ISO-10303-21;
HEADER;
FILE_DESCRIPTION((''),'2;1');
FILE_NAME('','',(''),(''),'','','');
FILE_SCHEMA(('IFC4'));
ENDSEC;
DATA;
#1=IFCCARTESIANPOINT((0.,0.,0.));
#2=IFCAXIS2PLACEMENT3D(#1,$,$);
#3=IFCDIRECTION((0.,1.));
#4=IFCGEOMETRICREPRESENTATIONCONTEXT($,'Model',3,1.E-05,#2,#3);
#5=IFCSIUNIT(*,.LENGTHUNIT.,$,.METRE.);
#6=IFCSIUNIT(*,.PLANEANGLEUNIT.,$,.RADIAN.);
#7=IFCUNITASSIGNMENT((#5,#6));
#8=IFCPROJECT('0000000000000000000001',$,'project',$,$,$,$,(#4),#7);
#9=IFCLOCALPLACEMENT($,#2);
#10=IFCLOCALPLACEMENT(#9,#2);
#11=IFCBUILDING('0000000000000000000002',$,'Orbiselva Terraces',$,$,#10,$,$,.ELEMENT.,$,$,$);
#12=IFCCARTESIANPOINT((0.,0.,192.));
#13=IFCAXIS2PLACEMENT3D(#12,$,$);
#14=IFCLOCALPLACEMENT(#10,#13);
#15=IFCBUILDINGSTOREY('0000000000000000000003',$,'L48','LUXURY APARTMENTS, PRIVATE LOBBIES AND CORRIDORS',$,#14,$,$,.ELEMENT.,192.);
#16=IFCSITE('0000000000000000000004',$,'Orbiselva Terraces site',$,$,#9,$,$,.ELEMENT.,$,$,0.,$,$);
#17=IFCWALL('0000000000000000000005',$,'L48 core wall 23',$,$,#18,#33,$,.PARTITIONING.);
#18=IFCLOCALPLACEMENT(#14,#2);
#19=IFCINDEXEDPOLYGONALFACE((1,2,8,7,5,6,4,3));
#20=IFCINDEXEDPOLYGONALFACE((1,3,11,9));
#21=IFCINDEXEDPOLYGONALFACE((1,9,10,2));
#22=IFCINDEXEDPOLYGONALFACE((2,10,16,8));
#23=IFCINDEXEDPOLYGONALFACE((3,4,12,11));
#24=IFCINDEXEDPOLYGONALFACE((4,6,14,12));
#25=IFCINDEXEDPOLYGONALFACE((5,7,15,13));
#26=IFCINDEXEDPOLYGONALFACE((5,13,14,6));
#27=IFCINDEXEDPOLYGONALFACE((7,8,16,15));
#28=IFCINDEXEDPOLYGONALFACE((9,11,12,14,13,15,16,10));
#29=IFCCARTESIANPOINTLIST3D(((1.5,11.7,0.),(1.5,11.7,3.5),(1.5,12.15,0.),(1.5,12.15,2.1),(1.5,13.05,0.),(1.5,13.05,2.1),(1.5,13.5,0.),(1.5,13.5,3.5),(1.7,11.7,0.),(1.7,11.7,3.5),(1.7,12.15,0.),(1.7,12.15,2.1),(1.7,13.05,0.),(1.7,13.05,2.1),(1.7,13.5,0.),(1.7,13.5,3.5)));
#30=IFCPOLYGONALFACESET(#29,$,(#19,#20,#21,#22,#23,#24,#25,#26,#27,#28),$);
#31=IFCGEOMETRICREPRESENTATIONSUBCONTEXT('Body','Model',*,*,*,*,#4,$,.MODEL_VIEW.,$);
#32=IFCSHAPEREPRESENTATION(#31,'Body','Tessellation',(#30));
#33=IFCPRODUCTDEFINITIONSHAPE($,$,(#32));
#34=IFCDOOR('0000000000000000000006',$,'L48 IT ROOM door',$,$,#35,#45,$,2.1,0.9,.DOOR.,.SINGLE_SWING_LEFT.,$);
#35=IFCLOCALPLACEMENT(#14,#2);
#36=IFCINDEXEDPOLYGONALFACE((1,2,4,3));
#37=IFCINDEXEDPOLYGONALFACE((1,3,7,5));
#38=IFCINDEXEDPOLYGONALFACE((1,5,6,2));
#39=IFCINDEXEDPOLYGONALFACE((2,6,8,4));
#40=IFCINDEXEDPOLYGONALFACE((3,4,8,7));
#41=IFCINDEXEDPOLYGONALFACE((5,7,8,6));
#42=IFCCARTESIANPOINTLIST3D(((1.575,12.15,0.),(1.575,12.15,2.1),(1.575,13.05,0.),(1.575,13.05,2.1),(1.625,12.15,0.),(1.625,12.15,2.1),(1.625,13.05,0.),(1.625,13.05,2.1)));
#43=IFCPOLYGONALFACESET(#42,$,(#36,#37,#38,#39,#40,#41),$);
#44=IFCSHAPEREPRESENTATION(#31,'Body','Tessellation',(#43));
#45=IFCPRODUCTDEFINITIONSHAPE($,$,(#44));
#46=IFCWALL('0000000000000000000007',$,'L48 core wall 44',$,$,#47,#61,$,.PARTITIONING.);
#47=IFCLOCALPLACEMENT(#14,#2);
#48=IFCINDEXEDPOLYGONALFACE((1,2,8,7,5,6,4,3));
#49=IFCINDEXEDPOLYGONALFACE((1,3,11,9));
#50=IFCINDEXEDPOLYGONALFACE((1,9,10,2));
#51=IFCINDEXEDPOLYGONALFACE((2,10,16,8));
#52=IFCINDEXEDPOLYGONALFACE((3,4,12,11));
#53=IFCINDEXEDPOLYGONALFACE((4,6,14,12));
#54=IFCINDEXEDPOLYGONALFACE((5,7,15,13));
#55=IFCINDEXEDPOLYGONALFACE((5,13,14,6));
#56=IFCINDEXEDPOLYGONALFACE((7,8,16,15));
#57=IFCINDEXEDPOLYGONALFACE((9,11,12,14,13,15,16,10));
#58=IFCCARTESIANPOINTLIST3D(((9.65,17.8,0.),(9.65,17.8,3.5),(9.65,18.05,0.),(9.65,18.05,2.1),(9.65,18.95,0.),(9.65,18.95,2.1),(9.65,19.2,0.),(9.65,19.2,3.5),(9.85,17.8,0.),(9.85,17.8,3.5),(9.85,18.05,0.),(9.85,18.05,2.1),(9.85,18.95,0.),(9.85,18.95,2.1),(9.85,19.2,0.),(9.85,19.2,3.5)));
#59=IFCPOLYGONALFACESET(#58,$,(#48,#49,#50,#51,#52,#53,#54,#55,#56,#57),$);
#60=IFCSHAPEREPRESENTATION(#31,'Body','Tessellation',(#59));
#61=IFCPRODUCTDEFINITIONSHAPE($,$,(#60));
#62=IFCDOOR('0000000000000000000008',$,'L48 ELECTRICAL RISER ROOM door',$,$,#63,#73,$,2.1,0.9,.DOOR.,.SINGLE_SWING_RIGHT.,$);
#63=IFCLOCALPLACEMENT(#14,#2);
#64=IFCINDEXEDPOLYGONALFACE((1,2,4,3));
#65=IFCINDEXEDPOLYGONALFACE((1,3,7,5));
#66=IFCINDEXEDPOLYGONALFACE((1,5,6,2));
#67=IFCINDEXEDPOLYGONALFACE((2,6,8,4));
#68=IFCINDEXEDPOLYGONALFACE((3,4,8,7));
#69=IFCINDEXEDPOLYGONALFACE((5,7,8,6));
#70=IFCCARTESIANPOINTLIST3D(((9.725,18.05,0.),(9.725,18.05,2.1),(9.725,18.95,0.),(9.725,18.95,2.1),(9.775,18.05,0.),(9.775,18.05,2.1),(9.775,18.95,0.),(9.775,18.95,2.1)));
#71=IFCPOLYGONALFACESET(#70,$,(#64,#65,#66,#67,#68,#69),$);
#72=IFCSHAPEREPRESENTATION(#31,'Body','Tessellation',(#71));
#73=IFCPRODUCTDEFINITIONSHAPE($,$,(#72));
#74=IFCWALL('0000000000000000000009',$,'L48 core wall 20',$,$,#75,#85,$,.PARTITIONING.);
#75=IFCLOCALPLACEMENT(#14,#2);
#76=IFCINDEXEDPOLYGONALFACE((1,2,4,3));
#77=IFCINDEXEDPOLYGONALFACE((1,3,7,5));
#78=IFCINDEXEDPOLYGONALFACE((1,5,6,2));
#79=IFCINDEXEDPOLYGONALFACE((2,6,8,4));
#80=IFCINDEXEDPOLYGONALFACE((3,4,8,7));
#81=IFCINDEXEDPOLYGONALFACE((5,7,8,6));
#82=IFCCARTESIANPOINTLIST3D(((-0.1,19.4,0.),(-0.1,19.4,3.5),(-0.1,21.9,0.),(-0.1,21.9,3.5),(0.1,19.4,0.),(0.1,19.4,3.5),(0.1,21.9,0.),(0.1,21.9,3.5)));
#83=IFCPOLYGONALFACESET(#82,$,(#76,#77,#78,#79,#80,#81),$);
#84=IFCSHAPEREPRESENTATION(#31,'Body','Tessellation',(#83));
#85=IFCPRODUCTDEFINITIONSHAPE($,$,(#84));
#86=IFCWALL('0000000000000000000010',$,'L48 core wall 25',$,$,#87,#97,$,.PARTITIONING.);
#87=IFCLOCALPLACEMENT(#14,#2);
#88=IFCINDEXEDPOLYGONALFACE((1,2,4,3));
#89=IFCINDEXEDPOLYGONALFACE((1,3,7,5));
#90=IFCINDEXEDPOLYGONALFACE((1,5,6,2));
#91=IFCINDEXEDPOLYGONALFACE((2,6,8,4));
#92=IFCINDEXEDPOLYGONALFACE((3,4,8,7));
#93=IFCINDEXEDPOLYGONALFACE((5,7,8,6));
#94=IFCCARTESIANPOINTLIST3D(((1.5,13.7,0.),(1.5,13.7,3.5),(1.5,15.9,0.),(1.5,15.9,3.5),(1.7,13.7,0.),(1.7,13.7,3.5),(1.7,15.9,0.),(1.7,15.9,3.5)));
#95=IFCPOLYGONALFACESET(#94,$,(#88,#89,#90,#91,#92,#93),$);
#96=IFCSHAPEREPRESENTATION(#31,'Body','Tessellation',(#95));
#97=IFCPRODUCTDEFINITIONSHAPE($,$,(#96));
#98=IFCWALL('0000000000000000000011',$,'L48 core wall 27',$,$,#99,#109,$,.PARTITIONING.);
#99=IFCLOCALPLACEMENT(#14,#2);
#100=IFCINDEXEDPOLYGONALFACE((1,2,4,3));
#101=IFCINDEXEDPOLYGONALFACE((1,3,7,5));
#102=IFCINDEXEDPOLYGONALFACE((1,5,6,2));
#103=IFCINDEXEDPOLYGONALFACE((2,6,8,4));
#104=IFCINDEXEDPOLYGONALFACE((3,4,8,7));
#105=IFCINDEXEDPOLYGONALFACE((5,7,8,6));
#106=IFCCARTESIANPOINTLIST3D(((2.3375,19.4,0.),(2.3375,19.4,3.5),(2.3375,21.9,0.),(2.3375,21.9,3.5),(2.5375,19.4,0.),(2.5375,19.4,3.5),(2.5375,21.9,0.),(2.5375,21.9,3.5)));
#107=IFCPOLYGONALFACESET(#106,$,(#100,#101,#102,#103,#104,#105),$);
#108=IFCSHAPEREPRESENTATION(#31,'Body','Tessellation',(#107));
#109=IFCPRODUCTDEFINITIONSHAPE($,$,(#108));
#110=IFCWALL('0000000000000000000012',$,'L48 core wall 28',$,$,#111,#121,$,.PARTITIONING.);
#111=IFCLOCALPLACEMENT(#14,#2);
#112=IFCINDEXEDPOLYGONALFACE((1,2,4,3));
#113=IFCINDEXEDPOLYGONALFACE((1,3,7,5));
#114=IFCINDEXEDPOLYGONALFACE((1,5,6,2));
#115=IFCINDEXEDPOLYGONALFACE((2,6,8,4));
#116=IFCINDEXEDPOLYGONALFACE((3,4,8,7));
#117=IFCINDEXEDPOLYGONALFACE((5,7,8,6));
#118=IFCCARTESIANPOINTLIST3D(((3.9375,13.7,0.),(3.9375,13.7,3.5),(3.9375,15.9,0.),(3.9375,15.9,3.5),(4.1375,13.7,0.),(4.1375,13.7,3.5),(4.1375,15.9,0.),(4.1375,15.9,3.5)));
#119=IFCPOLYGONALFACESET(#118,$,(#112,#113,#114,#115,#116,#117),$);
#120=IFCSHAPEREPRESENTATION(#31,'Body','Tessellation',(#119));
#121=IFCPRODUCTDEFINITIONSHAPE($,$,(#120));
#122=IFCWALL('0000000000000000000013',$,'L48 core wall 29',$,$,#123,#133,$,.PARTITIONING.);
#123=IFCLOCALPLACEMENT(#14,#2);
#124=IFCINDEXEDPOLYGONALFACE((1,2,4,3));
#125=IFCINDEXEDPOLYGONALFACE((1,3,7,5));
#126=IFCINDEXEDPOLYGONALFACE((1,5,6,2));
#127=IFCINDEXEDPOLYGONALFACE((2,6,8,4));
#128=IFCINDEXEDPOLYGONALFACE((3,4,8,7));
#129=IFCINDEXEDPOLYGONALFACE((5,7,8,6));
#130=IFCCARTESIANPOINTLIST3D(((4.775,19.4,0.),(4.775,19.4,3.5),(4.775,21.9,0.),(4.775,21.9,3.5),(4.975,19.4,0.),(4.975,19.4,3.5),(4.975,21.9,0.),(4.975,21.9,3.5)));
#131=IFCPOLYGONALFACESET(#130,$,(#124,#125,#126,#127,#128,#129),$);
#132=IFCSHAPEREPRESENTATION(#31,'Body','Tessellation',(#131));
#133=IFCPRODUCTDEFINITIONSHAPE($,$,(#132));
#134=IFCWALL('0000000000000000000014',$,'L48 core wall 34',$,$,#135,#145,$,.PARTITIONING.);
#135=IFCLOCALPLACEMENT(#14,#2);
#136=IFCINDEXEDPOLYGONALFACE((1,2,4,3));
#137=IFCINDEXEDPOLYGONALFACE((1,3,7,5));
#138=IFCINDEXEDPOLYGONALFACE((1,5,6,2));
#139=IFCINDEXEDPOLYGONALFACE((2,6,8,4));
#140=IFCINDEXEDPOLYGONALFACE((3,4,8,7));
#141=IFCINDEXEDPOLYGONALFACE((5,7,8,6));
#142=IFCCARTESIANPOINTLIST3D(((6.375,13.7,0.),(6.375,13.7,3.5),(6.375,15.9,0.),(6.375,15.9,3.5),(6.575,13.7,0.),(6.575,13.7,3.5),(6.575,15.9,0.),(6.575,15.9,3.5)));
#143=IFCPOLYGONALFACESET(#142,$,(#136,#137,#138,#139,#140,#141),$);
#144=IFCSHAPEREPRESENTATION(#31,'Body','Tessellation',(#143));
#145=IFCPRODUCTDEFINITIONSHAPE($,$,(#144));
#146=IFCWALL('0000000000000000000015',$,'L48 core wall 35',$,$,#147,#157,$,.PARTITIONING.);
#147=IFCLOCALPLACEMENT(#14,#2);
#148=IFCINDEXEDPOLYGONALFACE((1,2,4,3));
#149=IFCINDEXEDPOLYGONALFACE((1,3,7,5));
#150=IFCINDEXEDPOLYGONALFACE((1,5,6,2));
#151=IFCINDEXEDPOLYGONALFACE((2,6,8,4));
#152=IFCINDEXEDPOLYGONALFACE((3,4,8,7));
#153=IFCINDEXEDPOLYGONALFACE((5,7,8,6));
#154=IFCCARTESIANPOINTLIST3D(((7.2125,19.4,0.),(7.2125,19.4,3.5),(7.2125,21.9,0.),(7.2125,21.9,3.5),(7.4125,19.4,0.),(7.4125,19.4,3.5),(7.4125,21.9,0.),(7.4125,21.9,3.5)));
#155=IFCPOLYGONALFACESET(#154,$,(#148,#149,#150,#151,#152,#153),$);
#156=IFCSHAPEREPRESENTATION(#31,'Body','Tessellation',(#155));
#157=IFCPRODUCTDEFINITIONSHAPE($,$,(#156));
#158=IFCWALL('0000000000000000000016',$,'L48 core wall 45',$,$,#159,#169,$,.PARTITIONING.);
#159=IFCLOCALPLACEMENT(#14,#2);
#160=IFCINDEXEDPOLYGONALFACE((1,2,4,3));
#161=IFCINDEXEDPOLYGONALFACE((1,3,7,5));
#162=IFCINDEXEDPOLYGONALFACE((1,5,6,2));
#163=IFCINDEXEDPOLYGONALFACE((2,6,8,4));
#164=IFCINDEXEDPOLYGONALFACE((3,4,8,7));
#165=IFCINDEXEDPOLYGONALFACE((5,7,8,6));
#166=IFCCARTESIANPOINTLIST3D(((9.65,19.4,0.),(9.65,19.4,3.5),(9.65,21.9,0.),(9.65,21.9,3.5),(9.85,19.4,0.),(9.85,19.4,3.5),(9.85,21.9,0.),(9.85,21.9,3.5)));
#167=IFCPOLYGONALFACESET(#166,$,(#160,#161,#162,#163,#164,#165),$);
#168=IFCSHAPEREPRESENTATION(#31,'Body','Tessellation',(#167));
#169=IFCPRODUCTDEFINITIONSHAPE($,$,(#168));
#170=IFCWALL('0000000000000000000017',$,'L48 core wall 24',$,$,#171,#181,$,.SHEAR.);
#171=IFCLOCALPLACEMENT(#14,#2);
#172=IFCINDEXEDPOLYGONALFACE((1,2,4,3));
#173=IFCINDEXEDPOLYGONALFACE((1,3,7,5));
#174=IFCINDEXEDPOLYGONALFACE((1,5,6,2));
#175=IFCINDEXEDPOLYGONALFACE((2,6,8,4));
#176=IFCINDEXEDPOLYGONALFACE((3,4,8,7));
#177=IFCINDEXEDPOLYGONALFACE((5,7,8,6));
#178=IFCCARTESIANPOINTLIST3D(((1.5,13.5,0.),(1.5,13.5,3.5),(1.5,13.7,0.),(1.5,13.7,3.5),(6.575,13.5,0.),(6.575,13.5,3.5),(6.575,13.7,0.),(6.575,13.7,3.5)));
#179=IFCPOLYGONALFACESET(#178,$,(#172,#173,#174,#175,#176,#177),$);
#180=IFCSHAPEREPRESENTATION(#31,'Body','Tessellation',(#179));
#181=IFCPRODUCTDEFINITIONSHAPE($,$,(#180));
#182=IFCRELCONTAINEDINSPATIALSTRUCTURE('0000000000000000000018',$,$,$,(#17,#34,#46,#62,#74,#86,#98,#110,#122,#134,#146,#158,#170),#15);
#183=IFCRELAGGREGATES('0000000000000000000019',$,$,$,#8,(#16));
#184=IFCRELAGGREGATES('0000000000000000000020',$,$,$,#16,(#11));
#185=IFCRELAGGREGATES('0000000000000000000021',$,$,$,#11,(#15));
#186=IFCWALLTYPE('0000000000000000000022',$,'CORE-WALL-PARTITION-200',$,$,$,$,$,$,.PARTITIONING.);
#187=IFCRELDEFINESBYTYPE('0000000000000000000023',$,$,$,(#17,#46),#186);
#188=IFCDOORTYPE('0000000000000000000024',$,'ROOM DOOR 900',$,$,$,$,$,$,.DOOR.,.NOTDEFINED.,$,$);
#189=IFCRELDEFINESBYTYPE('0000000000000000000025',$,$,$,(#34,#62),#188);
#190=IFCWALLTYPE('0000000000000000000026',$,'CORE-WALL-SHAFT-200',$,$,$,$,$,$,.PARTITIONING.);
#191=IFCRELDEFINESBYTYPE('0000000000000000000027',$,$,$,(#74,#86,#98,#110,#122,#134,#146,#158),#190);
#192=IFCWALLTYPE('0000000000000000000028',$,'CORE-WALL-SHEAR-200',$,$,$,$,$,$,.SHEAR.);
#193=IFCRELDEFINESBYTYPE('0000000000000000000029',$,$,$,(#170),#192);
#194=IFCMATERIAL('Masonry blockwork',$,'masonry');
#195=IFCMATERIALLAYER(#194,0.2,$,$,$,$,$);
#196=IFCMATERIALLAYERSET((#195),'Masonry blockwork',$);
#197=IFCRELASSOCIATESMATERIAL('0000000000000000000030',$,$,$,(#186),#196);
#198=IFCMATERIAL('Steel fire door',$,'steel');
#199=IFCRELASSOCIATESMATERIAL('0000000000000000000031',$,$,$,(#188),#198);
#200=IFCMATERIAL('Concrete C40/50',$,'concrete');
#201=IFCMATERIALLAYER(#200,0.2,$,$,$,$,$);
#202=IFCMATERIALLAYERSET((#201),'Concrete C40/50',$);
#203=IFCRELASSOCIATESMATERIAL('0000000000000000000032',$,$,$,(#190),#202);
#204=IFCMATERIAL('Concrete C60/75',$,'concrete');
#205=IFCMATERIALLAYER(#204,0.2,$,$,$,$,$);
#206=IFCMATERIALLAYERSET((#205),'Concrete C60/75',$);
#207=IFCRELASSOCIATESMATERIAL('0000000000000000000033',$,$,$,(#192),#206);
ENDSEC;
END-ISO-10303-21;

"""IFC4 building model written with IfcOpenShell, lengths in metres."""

from ifc_helpers import new_model, si_unit, direction, frame, frame_2d, origin, place, context, subcontext, project, spatial, rectangle, extrude, material, layer, layer_set, type_object, element, fill, save


model = new_model("IFC4")

# Units and contexts
model_context = context("Model", 3, precision=1e-05, world=origin(), true_north=direction((0.0, 1.0)))
body_context = subcontext(model_context, "Body", "Model", "MODEL_VIEW")
ifc_project = project(units=[si_unit("LENGTHUNIT", "METRE"), si_unit("PLANEANGLEUNIT", "RADIAN")], contexts=[model_context])

# Site, building, storey
site_placement = place(None, origin())
site = spatial("IfcSite", under=ifc_project, at=site_placement, Name="Orbiselva Terraces site", CompositionType="ELEMENT", RefElevation=0.0)
building_placement = place(site_placement, origin())
building = spatial("IfcBuilding", under=site, at=building_placement, Name="Orbiselva Terraces", CompositionType="ELEMENT")
storey_placement = place(building_placement, frame((0.0, 0.0, 192.0)))
storey = spatial("IfcBuildingStorey", under=building, at=storey_placement, Name="L48", Description="LUXURY APARTMENTS, PRIVATE LOBBIES AND CORRIDORS", CompositionType="ELEMENT", Elevation=192.0)

# Walls, openings, doors
ifc_material_1 = material(Name="Masonry blockwork", Category="masonry")
ifc_layer_1 = layer(ifc_material_1, 0.2)
ifc_layer_set_1 = layer_set([ifc_layer_1], Name="Masonry blockwork")
wall_type_1 = type_object("IfcWallType", Name="CORE-WALL-PARTITION-200", PredefinedType="PARTITIONING", material=ifc_layer_set_1)
wall_1_placement = place(storey_placement, frame((1.6, 13.5, 0.0), z_axis=(0.0, 0.0, 1.0), x_axis=(0.0, -1.0, 0.0)))
wall_1 = element("IfcWall", 1, at=wall_1_placement, inside=storey, type_object=wall_type_1, Name="L48 core wall 23", PredefinedType="PARTITIONING", context=body_context, shape_type="SweptSolid", body=[
    extrude(rectangle(XDim=1.8, YDim=0.2, at=frame_2d((0.9, 0.0))), origin(), (0.0, 0.0, 1.0), 3.5),
])
opening_1_placement = place(wall_1_placement, frame((0.45, 0.0, 0.0)))
opening_1 = element("IfcOpeningElement", 2, at=opening_1_placement, cuts=wall_1, PredefinedType="OPENING", context=body_context, shape_type="SweptSolid", body=[
    extrude(rectangle(XDim=0.9, YDim=2.1, at=frame_2d((0.45, 1.05))), frame((0.0, 0.11, 0.0), z_axis=(0.0, -1.0, 0.0), x_axis=(1.0, 0.0, 0.0)), (0.0, 0.0, 1.0), 0.22),
])
ifc_material_2 = material(Name="Steel fire door", Category="steel")
door_type_1 = type_object("IfcDoorType", Name="ROOM DOOR 900", OperationType="NOTDEFINED", PredefinedType="DOOR", material=ifc_material_2)
door_1_placement = place(opening_1_placement, origin())
door_1 = element("IfcDoor", 3, at=door_1_placement, inside=storey, type_object=door_type_1, Name="L48 IT ROOM door", OperationType="SINGLE_SWING_LEFT", OverallHeight=2.1, OverallWidth=0.9, PredefinedType="DOOR", context=body_context, shape_type="SweptSolid", body=[
    extrude(rectangle(XDim=0.9, YDim=2.1, at=frame_2d((0.45, 1.05))), frame((0.0, 0.025, 0.0), z_axis=(0.0, -1.0, 0.0), x_axis=(1.0, 0.0, 0.0)), (0.0, 0.0, 1.0), 0.05),
])
fill(opening_1, door_1)
wall_2_placement = place(storey_placement, frame((9.75, 19.2, 0.0), z_axis=(0.0, 0.0, 1.0), x_axis=(0.0, -1.0, 0.0)))
wall_2 = element("IfcWall", 4, at=wall_2_placement, inside=storey, type_object=wall_type_1, Name="L48 core wall 44", PredefinedType="PARTITIONING", context=body_context, shape_type="SweptSolid", body=[
    extrude(rectangle(XDim=1.4, YDim=0.2, at=frame_2d((0.7, 0.0))), origin(), (0.0, 0.0, 1.0), 3.5),
])
opening_2_placement = place(wall_2_placement, frame((0.25, 0.0, 0.0)))
opening_2 = element("IfcOpeningElement", 5, at=opening_2_placement, cuts=wall_2, PredefinedType="OPENING", context=body_context, shape_type="SweptSolid", body=[
    extrude(rectangle(XDim=0.9, YDim=2.1, at=frame_2d((0.45, 1.05))), frame((0.0, 0.11, 0.0), z_axis=(0.0, -1.0, 0.0), x_axis=(1.0, 0.0, 0.0)), (0.0, 0.0, 1.0), 0.22),
])
door_2_placement = place(opening_2_placement, origin())
door_2 = element("IfcDoor", 6, at=door_2_placement, inside=storey, type_object=door_type_1, Name="L48 ELECTRICAL RISER ROOM door", OperationType="SINGLE_SWING_RIGHT", OverallHeight=2.1, OverallWidth=0.9, PredefinedType="DOOR", context=body_context, shape_type="SweptSolid", body=[
    extrude(rectangle(XDim=0.9, YDim=2.1, at=frame_2d((0.45, 1.05))), frame((0.0, 0.025, 0.0), z_axis=(0.0, -1.0, 0.0), x_axis=(1.0, 0.0, 0.0)), (0.0, 0.0, 1.0), 0.05),
])
fill(opening_2, door_2)

# Walls
ifc_material_3 = material(Name="Concrete C40/50", Category="concrete")
ifc_layer_2 = layer(ifc_material_3, 0.2)
ifc_layer_set_2 = layer_set([ifc_layer_2], Name="Concrete C40/50")
wall_type_2 = type_object("IfcWallType", Name="CORE-WALL-SHAFT-200", PredefinedType="PARTITIONING", material=ifc_layer_set_2)
wall_3_placement = place(storey_placement, frame((0.0, 19.4, 0.0), z_axis=(0.0, 0.0, 1.0), x_axis=(0.0, 1.0, 0.0)))
element("IfcWall", 7, at=wall_3_placement, inside=storey, type_object=wall_type_2, Name="L48 core wall 20", PredefinedType="PARTITIONING", context=body_context, shape_type="SweptSolid", body=[
    extrude(rectangle(XDim=2.5, YDim=0.2, at=frame_2d((1.25, 0.0))), origin(), (0.0, 0.0, 1.0), 3.5),
])
wall_4_placement = place(storey_placement, frame((1.6, 13.7, 0.0), z_axis=(0.0, 0.0, 1.0), x_axis=(0.0, 1.0, 0.0)))
element("IfcWall", 8, at=wall_4_placement, inside=storey, type_object=wall_type_2, Name="L48 core wall 25", PredefinedType="PARTITIONING", context=body_context, shape_type="SweptSolid", body=[
    extrude(rectangle(XDim=2.2, YDim=0.2, at=frame_2d((1.1, 0.0))), origin(), (0.0, 0.0, 1.0), 3.5),
])
wall_5_placement = place(storey_placement, frame((2.4375, 19.4, 0.0), z_axis=(0.0, 0.0, 1.0), x_axis=(0.0, 1.0, 0.0)))
element("IfcWall", 9, at=wall_5_placement, inside=storey, type_object=wall_type_2, Name="L48 core wall 27", PredefinedType="PARTITIONING", context=body_context, shape_type="SweptSolid", body=[
    extrude(rectangle(XDim=2.5, YDim=0.2, at=frame_2d((1.25, 0.0))), origin(), (0.0, 0.0, 1.0), 3.5),
])
wall_6_placement = place(storey_placement, frame((4.0375, 13.7, 0.0), z_axis=(0.0, 0.0, 1.0), x_axis=(0.0, 1.0, 0.0)))
element("IfcWall", 10, at=wall_6_placement, inside=storey, type_object=wall_type_2, Name="L48 core wall 28", PredefinedType="PARTITIONING", context=body_context, shape_type="SweptSolid", body=[
    extrude(rectangle(XDim=2.2, YDim=0.2, at=frame_2d((1.1, 0.0))), origin(), (0.0, 0.0, 1.0), 3.5),
])
wall_7_placement = place(storey_placement, frame((4.875, 19.4, 0.0), z_axis=(0.0, 0.0, 1.0), x_axis=(0.0, 1.0, 0.0)))
element("IfcWall", 11, at=wall_7_placement, inside=storey, type_object=wall_type_2, Name="L48 core wall 29", PredefinedType="PARTITIONING", context=body_context, shape_type="SweptSolid", body=[
    extrude(rectangle(XDim=2.5, YDim=0.2, at=frame_2d((1.25, 0.0))), origin(), (0.0, 0.0, 1.0), 3.5),
])
wall_8_placement = place(storey_placement, frame((6.475, 13.7, 0.0), z_axis=(0.0, 0.0, 1.0), x_axis=(0.0, 1.0, 0.0)))
element("IfcWall", 12, at=wall_8_placement, inside=storey, type_object=wall_type_2, Name="L48 core wall 34", PredefinedType="PARTITIONING", context=body_context, shape_type="SweptSolid", body=[
    extrude(rectangle(XDim=2.2, YDim=0.2, at=frame_2d((1.1, 0.0))), origin(), (0.0, 0.0, 1.0), 3.5),
])
for number, where, z_axis, x_axis, name in (
    (13, (7.3125, 19.4, 0.0), (0.0, 0.0, 1.0), (0.0, 1.0, 0.0), "L48 core wall 35"),
    (14, (9.75, 19.4, 0.0), (0.0, 0.0, 1.0), (0.0, 1.0, 0.0), "L48 core wall 45"),
):
    element("IfcWall", number, at=place(storey_placement, frame(where, z_axis=z_axis, x_axis=x_axis)), inside=storey, type_object=wall_type_2, Name=name, PredefinedType="PARTITIONING", context=body_context, shape_type="SweptSolid", body=[
        extrude(rectangle(XDim=2.5, YDim=0.2, at=frame_2d((1.25, 0.0))), origin(), (0.0, 0.0, 1.0), 3.5),
    ])
ifc_material_4 = material(Name="Concrete C60/75", Category="concrete")
ifc_layer_3 = layer(ifc_material_4, 0.2)
ifc_layer_set_3 = layer_set([ifc_layer_3], Name="Concrete C60/75")
wall_type_3 = type_object("IfcWallType", Name="CORE-WALL-SHEAR-200", PredefinedType="SHEAR", material=ifc_layer_set_3)
wall_9_placement = place(storey_placement, frame((1.5, 13.6, 0.0), z_axis=(0.0, 0.0, 1.0), x_axis=(1.0, 0.0, 0.0)))
element("IfcWall", 15, at=wall_9_placement, inside=storey, type_object=wall_type_3, Name="L48 core wall 24", PredefinedType="SHEAR", context=body_context, shape_type="SweptSolid", body=[
    extrude(rectangle(XDim=5.075, YDim=0.2, at=frame_2d((2.5375, 0.0))), origin(), (0.0, 0.0, 1.0), 3.5),
])

save(model, "model.ifc")
